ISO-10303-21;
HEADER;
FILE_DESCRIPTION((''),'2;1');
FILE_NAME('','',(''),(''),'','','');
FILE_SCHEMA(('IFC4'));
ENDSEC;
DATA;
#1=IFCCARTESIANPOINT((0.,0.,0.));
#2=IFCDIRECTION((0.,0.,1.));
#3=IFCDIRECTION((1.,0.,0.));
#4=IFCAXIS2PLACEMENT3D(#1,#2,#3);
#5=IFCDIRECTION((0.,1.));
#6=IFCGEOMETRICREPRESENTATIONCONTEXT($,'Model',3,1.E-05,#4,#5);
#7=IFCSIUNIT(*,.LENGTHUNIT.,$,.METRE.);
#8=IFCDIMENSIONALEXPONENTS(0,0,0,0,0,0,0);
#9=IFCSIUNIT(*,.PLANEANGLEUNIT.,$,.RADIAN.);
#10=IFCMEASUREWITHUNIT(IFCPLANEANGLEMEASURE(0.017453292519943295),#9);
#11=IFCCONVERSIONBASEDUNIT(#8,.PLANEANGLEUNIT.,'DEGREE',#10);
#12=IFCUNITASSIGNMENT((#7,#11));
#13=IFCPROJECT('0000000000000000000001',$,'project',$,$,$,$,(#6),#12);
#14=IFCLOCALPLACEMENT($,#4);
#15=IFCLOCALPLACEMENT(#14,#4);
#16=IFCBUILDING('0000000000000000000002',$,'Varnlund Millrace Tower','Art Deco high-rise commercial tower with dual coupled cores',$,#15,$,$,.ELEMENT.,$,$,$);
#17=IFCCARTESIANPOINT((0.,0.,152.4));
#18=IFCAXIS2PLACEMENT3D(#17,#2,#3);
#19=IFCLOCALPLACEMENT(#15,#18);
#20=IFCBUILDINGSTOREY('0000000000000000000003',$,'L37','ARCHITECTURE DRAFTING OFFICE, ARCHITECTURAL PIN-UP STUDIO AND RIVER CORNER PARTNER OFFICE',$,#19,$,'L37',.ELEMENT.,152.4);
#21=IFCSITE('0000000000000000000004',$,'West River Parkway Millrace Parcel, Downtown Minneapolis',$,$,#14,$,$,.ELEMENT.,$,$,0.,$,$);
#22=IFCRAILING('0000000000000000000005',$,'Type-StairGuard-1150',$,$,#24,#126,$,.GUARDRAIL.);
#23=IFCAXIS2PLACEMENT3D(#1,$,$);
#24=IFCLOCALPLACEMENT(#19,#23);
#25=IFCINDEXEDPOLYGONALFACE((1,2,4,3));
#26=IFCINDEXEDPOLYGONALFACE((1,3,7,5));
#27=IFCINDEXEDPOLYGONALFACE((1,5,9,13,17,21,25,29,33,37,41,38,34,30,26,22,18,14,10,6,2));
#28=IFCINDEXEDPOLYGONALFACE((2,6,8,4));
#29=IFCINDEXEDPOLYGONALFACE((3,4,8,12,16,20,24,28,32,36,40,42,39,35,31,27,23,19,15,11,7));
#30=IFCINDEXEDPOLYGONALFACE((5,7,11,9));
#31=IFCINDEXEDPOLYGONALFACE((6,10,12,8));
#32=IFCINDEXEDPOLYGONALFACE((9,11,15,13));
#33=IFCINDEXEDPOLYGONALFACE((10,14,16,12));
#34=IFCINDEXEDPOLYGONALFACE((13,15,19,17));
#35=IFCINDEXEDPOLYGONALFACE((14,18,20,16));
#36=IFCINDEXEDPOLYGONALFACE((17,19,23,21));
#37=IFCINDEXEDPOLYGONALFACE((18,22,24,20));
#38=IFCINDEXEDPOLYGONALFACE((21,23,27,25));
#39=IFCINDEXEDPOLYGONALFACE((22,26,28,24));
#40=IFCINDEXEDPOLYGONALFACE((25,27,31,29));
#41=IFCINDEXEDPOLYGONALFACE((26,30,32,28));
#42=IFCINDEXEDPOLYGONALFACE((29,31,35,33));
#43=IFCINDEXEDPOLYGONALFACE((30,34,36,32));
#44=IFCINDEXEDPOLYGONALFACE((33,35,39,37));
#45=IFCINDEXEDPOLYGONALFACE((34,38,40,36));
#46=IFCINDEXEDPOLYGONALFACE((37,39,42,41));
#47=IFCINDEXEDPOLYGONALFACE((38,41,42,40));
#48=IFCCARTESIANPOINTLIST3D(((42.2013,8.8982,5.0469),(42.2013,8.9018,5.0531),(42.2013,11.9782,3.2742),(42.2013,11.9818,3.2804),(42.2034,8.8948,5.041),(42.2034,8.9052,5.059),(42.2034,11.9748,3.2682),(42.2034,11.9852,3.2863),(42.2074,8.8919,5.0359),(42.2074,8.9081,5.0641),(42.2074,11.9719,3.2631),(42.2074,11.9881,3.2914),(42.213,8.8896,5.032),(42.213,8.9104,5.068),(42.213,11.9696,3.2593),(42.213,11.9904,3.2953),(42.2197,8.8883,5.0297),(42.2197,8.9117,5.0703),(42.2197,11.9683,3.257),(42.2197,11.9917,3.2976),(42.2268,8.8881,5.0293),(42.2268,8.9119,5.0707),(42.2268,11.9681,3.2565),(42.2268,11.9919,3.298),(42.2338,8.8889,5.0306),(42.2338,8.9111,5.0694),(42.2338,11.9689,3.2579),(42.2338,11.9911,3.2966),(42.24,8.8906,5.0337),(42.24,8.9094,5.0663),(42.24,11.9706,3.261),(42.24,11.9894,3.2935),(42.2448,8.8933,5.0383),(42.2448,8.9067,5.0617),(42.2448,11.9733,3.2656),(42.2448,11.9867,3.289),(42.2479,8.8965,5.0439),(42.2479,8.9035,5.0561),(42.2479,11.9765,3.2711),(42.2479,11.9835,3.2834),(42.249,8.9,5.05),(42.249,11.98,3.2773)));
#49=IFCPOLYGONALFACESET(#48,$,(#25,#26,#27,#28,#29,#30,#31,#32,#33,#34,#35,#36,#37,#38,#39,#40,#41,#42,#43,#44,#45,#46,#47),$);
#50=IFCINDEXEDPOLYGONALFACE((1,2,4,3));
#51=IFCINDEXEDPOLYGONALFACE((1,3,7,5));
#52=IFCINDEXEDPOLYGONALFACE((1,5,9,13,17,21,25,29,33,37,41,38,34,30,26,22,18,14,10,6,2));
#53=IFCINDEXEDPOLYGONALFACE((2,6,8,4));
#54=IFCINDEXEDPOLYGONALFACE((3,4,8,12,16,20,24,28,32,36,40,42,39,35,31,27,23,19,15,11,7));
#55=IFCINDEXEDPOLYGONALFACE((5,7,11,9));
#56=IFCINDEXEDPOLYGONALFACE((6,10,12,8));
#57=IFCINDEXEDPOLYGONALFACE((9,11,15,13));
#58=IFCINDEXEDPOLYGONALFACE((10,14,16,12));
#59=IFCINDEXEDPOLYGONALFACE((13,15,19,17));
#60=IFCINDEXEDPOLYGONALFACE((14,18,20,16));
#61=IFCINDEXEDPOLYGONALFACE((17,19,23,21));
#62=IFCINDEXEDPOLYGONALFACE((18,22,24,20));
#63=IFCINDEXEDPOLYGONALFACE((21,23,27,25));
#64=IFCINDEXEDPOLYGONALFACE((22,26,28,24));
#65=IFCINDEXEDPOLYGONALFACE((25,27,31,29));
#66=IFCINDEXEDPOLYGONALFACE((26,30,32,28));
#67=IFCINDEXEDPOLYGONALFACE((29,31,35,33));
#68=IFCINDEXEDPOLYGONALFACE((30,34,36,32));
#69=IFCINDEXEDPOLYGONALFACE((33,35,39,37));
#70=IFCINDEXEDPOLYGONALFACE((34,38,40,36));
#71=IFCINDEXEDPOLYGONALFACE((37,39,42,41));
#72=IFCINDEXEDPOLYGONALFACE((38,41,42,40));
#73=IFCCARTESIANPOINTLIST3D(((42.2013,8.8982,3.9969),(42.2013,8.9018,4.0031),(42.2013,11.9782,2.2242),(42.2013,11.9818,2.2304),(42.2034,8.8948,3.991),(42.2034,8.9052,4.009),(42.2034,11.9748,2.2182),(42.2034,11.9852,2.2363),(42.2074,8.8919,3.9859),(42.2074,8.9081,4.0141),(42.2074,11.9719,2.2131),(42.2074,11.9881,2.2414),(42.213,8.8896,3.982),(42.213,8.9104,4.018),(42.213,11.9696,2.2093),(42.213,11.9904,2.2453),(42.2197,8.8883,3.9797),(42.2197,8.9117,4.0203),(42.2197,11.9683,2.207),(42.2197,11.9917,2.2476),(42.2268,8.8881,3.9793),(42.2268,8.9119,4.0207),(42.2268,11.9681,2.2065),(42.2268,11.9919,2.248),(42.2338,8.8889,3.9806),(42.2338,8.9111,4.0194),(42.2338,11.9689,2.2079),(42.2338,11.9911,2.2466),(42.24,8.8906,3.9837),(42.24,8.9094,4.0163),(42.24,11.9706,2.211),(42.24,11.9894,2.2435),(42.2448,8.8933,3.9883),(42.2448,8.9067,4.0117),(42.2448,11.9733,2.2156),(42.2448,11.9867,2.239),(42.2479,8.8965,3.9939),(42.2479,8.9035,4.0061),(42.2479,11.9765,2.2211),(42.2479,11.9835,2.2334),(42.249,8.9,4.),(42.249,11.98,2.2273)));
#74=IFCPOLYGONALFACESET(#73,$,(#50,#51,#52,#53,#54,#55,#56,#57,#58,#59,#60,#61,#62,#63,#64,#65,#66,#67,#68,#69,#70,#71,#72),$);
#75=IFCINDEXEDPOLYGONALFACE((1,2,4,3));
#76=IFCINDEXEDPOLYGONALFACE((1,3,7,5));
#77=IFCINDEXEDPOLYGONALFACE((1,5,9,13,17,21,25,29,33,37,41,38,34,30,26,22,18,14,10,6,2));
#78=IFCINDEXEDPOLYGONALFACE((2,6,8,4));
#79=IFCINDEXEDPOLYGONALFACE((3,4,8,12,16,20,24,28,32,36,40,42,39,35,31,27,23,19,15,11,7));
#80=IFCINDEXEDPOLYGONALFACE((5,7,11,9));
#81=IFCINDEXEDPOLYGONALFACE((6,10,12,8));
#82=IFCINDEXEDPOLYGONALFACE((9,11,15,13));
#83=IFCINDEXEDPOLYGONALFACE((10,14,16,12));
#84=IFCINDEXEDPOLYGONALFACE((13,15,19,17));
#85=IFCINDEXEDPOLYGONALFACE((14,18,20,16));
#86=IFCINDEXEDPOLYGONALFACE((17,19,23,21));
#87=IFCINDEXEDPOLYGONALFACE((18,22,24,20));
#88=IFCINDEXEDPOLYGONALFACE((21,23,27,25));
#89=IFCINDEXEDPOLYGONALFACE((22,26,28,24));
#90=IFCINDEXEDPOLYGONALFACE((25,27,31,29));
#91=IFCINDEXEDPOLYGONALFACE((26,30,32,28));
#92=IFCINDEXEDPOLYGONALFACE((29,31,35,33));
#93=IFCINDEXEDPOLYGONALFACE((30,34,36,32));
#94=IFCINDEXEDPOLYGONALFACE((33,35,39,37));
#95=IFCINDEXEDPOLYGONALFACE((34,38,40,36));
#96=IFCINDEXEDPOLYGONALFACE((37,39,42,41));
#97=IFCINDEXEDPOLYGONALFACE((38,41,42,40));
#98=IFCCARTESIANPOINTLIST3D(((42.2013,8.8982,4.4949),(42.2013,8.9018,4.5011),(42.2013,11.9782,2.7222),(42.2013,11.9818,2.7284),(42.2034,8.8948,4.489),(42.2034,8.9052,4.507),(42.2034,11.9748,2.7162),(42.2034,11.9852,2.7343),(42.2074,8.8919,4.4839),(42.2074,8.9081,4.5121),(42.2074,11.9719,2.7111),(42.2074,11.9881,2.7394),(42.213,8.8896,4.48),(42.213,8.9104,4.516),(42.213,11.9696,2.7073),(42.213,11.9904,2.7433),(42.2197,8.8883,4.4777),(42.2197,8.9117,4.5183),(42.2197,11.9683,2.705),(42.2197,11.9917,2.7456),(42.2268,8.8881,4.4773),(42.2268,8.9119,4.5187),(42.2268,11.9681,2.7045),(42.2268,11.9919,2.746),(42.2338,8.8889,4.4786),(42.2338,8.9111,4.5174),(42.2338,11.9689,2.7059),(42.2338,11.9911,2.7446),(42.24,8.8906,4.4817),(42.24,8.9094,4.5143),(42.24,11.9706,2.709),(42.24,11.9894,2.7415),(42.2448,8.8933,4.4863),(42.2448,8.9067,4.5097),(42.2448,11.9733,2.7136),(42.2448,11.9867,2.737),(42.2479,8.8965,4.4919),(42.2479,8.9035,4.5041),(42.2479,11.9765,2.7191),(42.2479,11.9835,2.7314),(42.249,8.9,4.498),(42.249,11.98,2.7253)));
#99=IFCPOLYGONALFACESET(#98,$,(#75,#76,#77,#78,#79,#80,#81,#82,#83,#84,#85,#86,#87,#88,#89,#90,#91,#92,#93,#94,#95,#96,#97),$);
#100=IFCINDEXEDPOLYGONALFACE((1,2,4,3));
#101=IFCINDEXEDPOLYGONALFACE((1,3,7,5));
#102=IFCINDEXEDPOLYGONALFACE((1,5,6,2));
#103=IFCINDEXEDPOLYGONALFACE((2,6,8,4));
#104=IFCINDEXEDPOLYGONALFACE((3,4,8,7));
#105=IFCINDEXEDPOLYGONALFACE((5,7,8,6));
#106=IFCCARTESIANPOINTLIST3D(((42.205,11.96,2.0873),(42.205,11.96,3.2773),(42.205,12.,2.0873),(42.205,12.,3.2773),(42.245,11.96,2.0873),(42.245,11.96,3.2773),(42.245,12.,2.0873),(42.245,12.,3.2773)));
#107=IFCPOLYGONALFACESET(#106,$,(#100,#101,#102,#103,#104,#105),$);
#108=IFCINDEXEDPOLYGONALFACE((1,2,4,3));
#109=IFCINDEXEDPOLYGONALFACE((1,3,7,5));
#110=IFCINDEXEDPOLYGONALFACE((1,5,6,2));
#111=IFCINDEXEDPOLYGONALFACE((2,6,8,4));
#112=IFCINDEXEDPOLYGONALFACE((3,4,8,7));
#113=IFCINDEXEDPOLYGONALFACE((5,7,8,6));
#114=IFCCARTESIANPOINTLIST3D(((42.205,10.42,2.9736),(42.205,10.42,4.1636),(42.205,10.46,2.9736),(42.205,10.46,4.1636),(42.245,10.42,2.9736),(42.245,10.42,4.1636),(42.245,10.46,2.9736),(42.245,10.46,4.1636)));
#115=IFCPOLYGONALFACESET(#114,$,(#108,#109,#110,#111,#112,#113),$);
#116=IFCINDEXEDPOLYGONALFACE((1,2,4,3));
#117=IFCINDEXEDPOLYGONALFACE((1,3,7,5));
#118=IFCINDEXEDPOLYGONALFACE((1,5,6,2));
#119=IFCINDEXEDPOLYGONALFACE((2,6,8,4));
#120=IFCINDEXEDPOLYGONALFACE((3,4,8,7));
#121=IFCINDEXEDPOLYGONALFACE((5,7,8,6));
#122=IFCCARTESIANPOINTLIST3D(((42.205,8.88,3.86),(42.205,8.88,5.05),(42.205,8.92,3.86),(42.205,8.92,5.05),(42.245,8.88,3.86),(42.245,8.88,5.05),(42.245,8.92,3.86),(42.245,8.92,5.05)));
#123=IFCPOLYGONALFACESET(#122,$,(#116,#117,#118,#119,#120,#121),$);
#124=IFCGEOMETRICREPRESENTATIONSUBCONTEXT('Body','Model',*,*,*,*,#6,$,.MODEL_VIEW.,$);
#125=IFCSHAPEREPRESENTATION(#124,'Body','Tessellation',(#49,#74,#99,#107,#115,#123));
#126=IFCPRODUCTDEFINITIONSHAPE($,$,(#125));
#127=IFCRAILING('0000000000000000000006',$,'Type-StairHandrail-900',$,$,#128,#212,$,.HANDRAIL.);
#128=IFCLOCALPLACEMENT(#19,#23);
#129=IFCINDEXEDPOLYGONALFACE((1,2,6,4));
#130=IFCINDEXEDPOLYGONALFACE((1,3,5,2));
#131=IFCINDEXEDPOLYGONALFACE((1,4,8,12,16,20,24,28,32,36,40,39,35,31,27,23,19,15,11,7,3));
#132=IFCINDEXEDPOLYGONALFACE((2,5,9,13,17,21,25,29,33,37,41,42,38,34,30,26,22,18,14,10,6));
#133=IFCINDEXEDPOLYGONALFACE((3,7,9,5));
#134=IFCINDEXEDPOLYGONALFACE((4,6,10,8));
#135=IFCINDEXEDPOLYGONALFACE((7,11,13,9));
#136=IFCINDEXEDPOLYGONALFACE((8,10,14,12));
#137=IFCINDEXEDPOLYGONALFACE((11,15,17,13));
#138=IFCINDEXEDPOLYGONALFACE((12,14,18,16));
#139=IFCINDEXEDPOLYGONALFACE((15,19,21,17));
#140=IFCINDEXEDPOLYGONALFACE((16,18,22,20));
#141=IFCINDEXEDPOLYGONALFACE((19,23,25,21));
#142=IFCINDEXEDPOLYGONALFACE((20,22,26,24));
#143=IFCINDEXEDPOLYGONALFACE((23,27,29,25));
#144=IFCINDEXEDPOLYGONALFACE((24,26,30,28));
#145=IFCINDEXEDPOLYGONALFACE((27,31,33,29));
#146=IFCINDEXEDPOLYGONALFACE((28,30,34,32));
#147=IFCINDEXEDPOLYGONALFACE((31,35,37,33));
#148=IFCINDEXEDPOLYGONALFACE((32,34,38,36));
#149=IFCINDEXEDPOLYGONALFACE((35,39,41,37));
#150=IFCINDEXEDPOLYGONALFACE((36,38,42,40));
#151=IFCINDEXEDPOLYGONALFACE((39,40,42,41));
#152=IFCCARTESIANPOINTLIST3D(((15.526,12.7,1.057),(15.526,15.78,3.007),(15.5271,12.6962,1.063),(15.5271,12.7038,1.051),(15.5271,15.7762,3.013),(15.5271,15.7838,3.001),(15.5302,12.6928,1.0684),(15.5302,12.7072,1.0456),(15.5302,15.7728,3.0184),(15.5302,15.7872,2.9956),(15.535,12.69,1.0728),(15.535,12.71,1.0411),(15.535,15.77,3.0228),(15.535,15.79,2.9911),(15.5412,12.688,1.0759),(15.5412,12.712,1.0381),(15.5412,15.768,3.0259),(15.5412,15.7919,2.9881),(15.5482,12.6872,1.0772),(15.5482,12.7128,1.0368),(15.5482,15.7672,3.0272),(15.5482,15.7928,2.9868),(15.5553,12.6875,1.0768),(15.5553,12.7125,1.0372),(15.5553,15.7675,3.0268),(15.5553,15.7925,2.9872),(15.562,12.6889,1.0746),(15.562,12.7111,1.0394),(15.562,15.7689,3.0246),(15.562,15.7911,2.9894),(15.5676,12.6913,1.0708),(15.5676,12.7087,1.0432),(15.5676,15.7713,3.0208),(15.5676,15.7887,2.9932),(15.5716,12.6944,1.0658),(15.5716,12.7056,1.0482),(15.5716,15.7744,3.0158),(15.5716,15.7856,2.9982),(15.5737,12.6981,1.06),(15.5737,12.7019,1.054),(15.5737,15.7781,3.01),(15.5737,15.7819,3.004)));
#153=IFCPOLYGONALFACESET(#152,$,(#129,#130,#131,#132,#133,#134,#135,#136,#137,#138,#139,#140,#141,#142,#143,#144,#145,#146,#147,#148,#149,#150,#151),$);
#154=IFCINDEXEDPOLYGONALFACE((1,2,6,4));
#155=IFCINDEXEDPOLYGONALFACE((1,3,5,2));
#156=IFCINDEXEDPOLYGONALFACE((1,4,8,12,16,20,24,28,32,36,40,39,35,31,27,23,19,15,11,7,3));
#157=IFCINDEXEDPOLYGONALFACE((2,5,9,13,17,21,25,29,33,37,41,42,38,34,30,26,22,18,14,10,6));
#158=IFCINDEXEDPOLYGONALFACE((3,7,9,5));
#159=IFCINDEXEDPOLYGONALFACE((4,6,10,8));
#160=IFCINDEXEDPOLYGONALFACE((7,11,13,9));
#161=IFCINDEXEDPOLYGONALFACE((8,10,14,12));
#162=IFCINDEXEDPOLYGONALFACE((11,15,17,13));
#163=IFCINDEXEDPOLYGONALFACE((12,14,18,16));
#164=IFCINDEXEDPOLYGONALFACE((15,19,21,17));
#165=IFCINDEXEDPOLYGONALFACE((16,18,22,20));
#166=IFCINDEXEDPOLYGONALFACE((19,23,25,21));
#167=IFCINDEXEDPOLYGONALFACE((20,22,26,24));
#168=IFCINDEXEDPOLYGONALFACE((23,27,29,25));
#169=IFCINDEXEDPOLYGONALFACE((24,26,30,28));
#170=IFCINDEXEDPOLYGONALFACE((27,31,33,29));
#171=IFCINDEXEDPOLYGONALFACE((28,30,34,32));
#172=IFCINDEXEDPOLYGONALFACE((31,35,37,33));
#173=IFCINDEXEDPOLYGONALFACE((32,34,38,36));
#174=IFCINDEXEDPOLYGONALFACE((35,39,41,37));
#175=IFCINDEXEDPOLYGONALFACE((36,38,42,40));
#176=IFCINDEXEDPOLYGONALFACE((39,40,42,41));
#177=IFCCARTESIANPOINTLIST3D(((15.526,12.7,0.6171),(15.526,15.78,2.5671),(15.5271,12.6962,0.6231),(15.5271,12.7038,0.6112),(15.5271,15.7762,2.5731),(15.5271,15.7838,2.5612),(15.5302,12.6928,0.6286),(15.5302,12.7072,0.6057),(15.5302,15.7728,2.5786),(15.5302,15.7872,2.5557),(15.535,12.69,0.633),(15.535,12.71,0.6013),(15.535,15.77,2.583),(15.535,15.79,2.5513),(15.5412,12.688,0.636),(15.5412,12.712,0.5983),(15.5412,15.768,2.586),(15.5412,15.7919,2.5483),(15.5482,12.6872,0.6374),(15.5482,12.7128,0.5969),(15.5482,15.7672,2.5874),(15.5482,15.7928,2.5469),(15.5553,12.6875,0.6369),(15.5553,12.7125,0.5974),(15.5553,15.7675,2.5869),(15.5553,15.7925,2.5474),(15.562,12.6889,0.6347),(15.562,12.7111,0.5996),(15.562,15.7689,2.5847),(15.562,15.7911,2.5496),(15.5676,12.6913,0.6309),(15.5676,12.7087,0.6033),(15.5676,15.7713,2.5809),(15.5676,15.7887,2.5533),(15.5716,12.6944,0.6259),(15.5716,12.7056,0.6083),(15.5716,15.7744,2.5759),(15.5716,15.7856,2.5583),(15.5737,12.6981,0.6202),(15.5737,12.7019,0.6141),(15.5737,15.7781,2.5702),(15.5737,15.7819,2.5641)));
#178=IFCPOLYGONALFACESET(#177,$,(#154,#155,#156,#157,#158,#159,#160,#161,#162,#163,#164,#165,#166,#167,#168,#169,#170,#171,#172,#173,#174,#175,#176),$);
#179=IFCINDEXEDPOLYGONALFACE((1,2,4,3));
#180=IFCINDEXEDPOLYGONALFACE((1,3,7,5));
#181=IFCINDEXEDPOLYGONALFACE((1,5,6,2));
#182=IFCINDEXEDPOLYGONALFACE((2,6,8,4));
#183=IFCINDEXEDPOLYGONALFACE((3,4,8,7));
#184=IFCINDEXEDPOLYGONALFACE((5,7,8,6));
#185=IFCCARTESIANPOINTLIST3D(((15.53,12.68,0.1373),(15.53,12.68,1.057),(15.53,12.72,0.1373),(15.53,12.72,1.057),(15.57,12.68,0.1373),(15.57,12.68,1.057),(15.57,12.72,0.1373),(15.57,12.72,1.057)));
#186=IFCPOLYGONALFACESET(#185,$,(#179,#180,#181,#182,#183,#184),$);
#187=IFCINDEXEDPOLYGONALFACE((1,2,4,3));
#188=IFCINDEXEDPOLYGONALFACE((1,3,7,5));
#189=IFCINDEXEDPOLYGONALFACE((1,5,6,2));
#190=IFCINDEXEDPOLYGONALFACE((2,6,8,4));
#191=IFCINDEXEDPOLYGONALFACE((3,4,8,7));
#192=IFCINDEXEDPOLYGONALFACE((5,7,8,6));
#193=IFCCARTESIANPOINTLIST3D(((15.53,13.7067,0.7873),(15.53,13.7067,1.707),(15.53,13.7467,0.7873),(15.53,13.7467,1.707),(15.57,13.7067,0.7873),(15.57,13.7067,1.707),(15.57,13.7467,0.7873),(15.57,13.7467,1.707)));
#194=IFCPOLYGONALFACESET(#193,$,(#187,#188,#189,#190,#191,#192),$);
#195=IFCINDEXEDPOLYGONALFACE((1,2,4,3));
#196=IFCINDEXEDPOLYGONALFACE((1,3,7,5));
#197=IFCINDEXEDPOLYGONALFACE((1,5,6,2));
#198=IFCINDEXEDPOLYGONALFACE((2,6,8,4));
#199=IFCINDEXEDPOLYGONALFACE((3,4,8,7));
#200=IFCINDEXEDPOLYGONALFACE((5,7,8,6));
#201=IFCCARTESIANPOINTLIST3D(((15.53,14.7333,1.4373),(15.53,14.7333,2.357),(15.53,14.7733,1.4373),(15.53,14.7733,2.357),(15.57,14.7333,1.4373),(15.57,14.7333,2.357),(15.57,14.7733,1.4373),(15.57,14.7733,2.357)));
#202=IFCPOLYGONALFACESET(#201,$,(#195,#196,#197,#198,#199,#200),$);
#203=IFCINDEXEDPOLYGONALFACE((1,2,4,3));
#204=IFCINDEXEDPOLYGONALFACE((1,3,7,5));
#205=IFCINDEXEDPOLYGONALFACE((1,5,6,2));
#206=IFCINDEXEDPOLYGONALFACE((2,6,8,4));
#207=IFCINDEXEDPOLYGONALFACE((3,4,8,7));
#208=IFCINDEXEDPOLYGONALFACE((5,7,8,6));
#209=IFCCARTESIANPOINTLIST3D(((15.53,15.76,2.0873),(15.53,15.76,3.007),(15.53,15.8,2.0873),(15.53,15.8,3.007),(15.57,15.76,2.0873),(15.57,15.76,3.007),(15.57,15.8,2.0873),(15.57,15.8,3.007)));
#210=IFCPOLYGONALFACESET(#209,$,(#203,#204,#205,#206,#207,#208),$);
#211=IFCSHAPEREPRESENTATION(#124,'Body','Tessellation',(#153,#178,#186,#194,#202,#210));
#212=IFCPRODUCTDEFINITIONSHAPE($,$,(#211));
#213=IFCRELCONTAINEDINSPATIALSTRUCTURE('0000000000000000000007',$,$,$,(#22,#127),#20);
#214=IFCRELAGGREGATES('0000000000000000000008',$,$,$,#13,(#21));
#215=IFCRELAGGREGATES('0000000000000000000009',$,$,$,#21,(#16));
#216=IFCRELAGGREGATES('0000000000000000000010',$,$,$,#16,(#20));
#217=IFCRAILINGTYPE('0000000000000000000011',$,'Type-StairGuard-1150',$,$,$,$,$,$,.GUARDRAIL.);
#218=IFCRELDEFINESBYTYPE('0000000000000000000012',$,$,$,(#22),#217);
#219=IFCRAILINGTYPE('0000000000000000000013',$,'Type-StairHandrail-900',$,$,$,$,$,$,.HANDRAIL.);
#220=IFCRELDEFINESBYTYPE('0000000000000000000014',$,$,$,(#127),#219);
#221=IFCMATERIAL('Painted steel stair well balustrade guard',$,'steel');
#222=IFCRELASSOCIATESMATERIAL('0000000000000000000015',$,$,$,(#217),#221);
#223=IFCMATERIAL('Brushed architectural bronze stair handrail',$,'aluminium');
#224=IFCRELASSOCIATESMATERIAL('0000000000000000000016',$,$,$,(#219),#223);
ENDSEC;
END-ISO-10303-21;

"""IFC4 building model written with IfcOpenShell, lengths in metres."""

from ifc_helpers import new_model, entity, si_unit, converted_unit, direction, frame, origin_with_axes, origin_2d_with_axis, place, context, subcontext, project, spatial, rectangle, circle, extrude, material, type_object, element, save


model = new_model("IFC4")

# Units and contexts
model_context = context("Model", 3, precision=1e-05, world=origin_with_axes(), true_north=direction((0.0, 1.0)))
body_context = subcontext(model_context, "Body", "Model", "MODEL_VIEW")
ifc_project = project(units=[si_unit("LENGTHUNIT", "METRE"), converted_unit("PLANEANGLEUNIT", "DEGREE", entity("IfcPlaneAngleMeasure", 0.017453292519943295), si_unit("PLANEANGLEUNIT", "RADIAN"), dimensions=[0, 0, 0, 0, 0, 0, 0])], contexts=[model_context])

# Site, building, storey
site_placement = place(None, origin_with_axes())
site = spatial("IfcSite", under=ifc_project, at=site_placement, Name="West River Parkway Millrace Parcel, Downtown Minneapolis", CompositionType="ELEMENT", RefElevation=0.0)
building_placement = place(site_placement, origin_with_axes())
building = spatial("IfcBuilding", under=site, at=building_placement, Name="Varnlund Millrace Tower", Description="Art Deco high-rise commercial tower with dual coupled cores", CompositionType="ELEMENT")
storey_placement = place(building_placement, frame((0.0, 0.0, 152.4), z_axis=(0.0, 0.0, 1.0), x_axis=(1.0, 0.0, 0.0)))
storey = spatial("IfcBuildingStorey", under=building, at=storey_placement, Name="L37", Description="ARCHITECTURE DRAFTING OFFICE, ARCHITECTURAL PIN-UP STUDIO AND RIVER CORNER PARTNER OFFICE", LongName="L37", CompositionType="ELEMENT", Elevation=152.4)

# Railings
ifc_material_1 = material(Name="Painted steel stair well balustrade guard", Category="steel")
railing_type_1 = type_object("IfcRailingType", Name="Type-StairGuard-1150", PredefinedType="GUARDRAIL", material=ifc_material_1)
railing_1_placement = place(storey_placement, frame((0.0, 0.0, -152.4), z_axis=(0.0, 0.0, 1.0), x_axis=(1.0, 0.0, 0.0)))
element("IfcRailing", 1, at=railing_1_placement, inside=storey, type_object=railing_type_1, Name="Type-StairGuard-1150", PredefinedType="GUARDRAIL", context=body_context, shape_type="SweptSolid", body=[
    extrude(circle(Radius=0.024, at=origin_2d_with_axis()), frame((42.225, 11.98, 155.6773), z_axis=(0.0, -0.866696, 0.498836), x_axis=(1.0, 0.0, 0.0)), (0.0, 0.0, 1.0), 3.5537),
    extrude(circle(Radius=0.024, at=origin_2d_with_axis()), frame((42.225, 11.98, 154.6273), z_axis=(0.0, -0.866696, 0.498836), x_axis=(1.0, 0.0, 0.0)), (0.0, 0.0, 1.0), 3.5537),
    extrude(circle(Radius=0.024, at=origin_2d_with_axis()), frame((42.225, 11.98, 155.1253), z_axis=(0.0, -0.866696, 0.498836), x_axis=(1.0, 0.0, 0.0)), (0.0, 0.0, 1.0), 3.5537),
    extrude(rectangle(XDim=0.04, YDim=0.04, at=origin_2d_with_axis()), frame((42.225, 11.98, 154.4873), z_axis=(0.0, 0.0, 1.0), x_axis=(1.0, 0.0, 0.0)), (0.0, 0.0, 1.0), 1.19),
    extrude(rectangle(XDim=0.04, YDim=0.04, at=origin_2d_with_axis()), frame((42.225, 10.44, 155.3736), z_axis=(0.0, 0.0, 1.0), x_axis=(1.0, 0.0, 0.0)), (0.0, 0.0, 1.0), 1.19),
    extrude(rectangle(XDim=0.04, YDim=0.04, at=origin_2d_with_axis()), frame((42.225, 8.9, 156.26), z_axis=(0.0, 0.0, 1.0), x_axis=(1.0, 0.0, 0.0)), (0.0, 0.0, 1.0), 1.19),
])
ifc_material_2 = material(Name="Brushed architectural bronze stair handrail", Category="aluminium")
railing_type_2 = type_object("IfcRailingType", Name="Type-StairHandrail-900", PredefinedType="HANDRAIL", material=ifc_material_2)
railing_2_placement = place(storey_placement, frame((0.0, 0.0, -152.4), z_axis=(0.0, 0.0, 1.0), x_axis=(1.0, 0.0, 0.0)))
element("IfcRailing", 2, at=railing_2_placement, inside=storey, type_object=railing_type_2, Name="Type-StairHandrail-900", PredefinedType="HANDRAIL", context=body_context, shape_type="SweptSolid", body=[
    extrude(circle(Radius=0.024, at=origin_2d_with_axis()), frame((15.55, 12.7, 153.457), z_axis=(0.0, 0.844902, 0.534922), x_axis=(-1.0, 0.0, 0.0)), (0.0, 0.0, 1.0), 3.6454),
    extrude(circle(Radius=0.024, at=origin_2d_with_axis()), frame((15.55, 12.7, 153.0171), z_axis=(0.0, 0.844902, 0.534922), x_axis=(-1.0, 0.0, 0.0)), (0.0, 0.0, 1.0), 3.6454),
    extrude(rectangle(XDim=0.04, YDim=0.04, at=origin_2d_with_axis()), frame((15.55, 12.7, 152.5373), z_axis=(0.0, 0.0, 1.0), x_axis=(1.0, 0.0, 0.0)), (0.0, 0.0, 1.0), 0.9197),
    extrude(rectangle(XDim=0.04, YDim=0.04, at=origin_2d_with_axis()), frame((15.55, 13.7267, 153.1873), z_axis=(0.0, 0.0, 1.0), x_axis=(1.0, 0.0, 0.0)), (0.0, 0.0, 1.0), 0.9197),
    extrude(rectangle(XDim=0.04, YDim=0.04, at=origin_2d_with_axis()), frame((15.55, 14.7533, 153.8373), z_axis=(0.0, 0.0, 1.0), x_axis=(1.0, 0.0, 0.0)), (0.0, 0.0, 1.0), 0.9197),
    extrude(rectangle(XDim=0.04, YDim=0.04, at=origin_2d_with_axis()), frame((15.55, 15.78, 154.4873), z_axis=(0.0, 0.0, 1.0), x_axis=(1.0, 0.0, 0.0)), (0.0, 0.0, 1.0), 0.9197),
])

save(model, "model.ifc")
